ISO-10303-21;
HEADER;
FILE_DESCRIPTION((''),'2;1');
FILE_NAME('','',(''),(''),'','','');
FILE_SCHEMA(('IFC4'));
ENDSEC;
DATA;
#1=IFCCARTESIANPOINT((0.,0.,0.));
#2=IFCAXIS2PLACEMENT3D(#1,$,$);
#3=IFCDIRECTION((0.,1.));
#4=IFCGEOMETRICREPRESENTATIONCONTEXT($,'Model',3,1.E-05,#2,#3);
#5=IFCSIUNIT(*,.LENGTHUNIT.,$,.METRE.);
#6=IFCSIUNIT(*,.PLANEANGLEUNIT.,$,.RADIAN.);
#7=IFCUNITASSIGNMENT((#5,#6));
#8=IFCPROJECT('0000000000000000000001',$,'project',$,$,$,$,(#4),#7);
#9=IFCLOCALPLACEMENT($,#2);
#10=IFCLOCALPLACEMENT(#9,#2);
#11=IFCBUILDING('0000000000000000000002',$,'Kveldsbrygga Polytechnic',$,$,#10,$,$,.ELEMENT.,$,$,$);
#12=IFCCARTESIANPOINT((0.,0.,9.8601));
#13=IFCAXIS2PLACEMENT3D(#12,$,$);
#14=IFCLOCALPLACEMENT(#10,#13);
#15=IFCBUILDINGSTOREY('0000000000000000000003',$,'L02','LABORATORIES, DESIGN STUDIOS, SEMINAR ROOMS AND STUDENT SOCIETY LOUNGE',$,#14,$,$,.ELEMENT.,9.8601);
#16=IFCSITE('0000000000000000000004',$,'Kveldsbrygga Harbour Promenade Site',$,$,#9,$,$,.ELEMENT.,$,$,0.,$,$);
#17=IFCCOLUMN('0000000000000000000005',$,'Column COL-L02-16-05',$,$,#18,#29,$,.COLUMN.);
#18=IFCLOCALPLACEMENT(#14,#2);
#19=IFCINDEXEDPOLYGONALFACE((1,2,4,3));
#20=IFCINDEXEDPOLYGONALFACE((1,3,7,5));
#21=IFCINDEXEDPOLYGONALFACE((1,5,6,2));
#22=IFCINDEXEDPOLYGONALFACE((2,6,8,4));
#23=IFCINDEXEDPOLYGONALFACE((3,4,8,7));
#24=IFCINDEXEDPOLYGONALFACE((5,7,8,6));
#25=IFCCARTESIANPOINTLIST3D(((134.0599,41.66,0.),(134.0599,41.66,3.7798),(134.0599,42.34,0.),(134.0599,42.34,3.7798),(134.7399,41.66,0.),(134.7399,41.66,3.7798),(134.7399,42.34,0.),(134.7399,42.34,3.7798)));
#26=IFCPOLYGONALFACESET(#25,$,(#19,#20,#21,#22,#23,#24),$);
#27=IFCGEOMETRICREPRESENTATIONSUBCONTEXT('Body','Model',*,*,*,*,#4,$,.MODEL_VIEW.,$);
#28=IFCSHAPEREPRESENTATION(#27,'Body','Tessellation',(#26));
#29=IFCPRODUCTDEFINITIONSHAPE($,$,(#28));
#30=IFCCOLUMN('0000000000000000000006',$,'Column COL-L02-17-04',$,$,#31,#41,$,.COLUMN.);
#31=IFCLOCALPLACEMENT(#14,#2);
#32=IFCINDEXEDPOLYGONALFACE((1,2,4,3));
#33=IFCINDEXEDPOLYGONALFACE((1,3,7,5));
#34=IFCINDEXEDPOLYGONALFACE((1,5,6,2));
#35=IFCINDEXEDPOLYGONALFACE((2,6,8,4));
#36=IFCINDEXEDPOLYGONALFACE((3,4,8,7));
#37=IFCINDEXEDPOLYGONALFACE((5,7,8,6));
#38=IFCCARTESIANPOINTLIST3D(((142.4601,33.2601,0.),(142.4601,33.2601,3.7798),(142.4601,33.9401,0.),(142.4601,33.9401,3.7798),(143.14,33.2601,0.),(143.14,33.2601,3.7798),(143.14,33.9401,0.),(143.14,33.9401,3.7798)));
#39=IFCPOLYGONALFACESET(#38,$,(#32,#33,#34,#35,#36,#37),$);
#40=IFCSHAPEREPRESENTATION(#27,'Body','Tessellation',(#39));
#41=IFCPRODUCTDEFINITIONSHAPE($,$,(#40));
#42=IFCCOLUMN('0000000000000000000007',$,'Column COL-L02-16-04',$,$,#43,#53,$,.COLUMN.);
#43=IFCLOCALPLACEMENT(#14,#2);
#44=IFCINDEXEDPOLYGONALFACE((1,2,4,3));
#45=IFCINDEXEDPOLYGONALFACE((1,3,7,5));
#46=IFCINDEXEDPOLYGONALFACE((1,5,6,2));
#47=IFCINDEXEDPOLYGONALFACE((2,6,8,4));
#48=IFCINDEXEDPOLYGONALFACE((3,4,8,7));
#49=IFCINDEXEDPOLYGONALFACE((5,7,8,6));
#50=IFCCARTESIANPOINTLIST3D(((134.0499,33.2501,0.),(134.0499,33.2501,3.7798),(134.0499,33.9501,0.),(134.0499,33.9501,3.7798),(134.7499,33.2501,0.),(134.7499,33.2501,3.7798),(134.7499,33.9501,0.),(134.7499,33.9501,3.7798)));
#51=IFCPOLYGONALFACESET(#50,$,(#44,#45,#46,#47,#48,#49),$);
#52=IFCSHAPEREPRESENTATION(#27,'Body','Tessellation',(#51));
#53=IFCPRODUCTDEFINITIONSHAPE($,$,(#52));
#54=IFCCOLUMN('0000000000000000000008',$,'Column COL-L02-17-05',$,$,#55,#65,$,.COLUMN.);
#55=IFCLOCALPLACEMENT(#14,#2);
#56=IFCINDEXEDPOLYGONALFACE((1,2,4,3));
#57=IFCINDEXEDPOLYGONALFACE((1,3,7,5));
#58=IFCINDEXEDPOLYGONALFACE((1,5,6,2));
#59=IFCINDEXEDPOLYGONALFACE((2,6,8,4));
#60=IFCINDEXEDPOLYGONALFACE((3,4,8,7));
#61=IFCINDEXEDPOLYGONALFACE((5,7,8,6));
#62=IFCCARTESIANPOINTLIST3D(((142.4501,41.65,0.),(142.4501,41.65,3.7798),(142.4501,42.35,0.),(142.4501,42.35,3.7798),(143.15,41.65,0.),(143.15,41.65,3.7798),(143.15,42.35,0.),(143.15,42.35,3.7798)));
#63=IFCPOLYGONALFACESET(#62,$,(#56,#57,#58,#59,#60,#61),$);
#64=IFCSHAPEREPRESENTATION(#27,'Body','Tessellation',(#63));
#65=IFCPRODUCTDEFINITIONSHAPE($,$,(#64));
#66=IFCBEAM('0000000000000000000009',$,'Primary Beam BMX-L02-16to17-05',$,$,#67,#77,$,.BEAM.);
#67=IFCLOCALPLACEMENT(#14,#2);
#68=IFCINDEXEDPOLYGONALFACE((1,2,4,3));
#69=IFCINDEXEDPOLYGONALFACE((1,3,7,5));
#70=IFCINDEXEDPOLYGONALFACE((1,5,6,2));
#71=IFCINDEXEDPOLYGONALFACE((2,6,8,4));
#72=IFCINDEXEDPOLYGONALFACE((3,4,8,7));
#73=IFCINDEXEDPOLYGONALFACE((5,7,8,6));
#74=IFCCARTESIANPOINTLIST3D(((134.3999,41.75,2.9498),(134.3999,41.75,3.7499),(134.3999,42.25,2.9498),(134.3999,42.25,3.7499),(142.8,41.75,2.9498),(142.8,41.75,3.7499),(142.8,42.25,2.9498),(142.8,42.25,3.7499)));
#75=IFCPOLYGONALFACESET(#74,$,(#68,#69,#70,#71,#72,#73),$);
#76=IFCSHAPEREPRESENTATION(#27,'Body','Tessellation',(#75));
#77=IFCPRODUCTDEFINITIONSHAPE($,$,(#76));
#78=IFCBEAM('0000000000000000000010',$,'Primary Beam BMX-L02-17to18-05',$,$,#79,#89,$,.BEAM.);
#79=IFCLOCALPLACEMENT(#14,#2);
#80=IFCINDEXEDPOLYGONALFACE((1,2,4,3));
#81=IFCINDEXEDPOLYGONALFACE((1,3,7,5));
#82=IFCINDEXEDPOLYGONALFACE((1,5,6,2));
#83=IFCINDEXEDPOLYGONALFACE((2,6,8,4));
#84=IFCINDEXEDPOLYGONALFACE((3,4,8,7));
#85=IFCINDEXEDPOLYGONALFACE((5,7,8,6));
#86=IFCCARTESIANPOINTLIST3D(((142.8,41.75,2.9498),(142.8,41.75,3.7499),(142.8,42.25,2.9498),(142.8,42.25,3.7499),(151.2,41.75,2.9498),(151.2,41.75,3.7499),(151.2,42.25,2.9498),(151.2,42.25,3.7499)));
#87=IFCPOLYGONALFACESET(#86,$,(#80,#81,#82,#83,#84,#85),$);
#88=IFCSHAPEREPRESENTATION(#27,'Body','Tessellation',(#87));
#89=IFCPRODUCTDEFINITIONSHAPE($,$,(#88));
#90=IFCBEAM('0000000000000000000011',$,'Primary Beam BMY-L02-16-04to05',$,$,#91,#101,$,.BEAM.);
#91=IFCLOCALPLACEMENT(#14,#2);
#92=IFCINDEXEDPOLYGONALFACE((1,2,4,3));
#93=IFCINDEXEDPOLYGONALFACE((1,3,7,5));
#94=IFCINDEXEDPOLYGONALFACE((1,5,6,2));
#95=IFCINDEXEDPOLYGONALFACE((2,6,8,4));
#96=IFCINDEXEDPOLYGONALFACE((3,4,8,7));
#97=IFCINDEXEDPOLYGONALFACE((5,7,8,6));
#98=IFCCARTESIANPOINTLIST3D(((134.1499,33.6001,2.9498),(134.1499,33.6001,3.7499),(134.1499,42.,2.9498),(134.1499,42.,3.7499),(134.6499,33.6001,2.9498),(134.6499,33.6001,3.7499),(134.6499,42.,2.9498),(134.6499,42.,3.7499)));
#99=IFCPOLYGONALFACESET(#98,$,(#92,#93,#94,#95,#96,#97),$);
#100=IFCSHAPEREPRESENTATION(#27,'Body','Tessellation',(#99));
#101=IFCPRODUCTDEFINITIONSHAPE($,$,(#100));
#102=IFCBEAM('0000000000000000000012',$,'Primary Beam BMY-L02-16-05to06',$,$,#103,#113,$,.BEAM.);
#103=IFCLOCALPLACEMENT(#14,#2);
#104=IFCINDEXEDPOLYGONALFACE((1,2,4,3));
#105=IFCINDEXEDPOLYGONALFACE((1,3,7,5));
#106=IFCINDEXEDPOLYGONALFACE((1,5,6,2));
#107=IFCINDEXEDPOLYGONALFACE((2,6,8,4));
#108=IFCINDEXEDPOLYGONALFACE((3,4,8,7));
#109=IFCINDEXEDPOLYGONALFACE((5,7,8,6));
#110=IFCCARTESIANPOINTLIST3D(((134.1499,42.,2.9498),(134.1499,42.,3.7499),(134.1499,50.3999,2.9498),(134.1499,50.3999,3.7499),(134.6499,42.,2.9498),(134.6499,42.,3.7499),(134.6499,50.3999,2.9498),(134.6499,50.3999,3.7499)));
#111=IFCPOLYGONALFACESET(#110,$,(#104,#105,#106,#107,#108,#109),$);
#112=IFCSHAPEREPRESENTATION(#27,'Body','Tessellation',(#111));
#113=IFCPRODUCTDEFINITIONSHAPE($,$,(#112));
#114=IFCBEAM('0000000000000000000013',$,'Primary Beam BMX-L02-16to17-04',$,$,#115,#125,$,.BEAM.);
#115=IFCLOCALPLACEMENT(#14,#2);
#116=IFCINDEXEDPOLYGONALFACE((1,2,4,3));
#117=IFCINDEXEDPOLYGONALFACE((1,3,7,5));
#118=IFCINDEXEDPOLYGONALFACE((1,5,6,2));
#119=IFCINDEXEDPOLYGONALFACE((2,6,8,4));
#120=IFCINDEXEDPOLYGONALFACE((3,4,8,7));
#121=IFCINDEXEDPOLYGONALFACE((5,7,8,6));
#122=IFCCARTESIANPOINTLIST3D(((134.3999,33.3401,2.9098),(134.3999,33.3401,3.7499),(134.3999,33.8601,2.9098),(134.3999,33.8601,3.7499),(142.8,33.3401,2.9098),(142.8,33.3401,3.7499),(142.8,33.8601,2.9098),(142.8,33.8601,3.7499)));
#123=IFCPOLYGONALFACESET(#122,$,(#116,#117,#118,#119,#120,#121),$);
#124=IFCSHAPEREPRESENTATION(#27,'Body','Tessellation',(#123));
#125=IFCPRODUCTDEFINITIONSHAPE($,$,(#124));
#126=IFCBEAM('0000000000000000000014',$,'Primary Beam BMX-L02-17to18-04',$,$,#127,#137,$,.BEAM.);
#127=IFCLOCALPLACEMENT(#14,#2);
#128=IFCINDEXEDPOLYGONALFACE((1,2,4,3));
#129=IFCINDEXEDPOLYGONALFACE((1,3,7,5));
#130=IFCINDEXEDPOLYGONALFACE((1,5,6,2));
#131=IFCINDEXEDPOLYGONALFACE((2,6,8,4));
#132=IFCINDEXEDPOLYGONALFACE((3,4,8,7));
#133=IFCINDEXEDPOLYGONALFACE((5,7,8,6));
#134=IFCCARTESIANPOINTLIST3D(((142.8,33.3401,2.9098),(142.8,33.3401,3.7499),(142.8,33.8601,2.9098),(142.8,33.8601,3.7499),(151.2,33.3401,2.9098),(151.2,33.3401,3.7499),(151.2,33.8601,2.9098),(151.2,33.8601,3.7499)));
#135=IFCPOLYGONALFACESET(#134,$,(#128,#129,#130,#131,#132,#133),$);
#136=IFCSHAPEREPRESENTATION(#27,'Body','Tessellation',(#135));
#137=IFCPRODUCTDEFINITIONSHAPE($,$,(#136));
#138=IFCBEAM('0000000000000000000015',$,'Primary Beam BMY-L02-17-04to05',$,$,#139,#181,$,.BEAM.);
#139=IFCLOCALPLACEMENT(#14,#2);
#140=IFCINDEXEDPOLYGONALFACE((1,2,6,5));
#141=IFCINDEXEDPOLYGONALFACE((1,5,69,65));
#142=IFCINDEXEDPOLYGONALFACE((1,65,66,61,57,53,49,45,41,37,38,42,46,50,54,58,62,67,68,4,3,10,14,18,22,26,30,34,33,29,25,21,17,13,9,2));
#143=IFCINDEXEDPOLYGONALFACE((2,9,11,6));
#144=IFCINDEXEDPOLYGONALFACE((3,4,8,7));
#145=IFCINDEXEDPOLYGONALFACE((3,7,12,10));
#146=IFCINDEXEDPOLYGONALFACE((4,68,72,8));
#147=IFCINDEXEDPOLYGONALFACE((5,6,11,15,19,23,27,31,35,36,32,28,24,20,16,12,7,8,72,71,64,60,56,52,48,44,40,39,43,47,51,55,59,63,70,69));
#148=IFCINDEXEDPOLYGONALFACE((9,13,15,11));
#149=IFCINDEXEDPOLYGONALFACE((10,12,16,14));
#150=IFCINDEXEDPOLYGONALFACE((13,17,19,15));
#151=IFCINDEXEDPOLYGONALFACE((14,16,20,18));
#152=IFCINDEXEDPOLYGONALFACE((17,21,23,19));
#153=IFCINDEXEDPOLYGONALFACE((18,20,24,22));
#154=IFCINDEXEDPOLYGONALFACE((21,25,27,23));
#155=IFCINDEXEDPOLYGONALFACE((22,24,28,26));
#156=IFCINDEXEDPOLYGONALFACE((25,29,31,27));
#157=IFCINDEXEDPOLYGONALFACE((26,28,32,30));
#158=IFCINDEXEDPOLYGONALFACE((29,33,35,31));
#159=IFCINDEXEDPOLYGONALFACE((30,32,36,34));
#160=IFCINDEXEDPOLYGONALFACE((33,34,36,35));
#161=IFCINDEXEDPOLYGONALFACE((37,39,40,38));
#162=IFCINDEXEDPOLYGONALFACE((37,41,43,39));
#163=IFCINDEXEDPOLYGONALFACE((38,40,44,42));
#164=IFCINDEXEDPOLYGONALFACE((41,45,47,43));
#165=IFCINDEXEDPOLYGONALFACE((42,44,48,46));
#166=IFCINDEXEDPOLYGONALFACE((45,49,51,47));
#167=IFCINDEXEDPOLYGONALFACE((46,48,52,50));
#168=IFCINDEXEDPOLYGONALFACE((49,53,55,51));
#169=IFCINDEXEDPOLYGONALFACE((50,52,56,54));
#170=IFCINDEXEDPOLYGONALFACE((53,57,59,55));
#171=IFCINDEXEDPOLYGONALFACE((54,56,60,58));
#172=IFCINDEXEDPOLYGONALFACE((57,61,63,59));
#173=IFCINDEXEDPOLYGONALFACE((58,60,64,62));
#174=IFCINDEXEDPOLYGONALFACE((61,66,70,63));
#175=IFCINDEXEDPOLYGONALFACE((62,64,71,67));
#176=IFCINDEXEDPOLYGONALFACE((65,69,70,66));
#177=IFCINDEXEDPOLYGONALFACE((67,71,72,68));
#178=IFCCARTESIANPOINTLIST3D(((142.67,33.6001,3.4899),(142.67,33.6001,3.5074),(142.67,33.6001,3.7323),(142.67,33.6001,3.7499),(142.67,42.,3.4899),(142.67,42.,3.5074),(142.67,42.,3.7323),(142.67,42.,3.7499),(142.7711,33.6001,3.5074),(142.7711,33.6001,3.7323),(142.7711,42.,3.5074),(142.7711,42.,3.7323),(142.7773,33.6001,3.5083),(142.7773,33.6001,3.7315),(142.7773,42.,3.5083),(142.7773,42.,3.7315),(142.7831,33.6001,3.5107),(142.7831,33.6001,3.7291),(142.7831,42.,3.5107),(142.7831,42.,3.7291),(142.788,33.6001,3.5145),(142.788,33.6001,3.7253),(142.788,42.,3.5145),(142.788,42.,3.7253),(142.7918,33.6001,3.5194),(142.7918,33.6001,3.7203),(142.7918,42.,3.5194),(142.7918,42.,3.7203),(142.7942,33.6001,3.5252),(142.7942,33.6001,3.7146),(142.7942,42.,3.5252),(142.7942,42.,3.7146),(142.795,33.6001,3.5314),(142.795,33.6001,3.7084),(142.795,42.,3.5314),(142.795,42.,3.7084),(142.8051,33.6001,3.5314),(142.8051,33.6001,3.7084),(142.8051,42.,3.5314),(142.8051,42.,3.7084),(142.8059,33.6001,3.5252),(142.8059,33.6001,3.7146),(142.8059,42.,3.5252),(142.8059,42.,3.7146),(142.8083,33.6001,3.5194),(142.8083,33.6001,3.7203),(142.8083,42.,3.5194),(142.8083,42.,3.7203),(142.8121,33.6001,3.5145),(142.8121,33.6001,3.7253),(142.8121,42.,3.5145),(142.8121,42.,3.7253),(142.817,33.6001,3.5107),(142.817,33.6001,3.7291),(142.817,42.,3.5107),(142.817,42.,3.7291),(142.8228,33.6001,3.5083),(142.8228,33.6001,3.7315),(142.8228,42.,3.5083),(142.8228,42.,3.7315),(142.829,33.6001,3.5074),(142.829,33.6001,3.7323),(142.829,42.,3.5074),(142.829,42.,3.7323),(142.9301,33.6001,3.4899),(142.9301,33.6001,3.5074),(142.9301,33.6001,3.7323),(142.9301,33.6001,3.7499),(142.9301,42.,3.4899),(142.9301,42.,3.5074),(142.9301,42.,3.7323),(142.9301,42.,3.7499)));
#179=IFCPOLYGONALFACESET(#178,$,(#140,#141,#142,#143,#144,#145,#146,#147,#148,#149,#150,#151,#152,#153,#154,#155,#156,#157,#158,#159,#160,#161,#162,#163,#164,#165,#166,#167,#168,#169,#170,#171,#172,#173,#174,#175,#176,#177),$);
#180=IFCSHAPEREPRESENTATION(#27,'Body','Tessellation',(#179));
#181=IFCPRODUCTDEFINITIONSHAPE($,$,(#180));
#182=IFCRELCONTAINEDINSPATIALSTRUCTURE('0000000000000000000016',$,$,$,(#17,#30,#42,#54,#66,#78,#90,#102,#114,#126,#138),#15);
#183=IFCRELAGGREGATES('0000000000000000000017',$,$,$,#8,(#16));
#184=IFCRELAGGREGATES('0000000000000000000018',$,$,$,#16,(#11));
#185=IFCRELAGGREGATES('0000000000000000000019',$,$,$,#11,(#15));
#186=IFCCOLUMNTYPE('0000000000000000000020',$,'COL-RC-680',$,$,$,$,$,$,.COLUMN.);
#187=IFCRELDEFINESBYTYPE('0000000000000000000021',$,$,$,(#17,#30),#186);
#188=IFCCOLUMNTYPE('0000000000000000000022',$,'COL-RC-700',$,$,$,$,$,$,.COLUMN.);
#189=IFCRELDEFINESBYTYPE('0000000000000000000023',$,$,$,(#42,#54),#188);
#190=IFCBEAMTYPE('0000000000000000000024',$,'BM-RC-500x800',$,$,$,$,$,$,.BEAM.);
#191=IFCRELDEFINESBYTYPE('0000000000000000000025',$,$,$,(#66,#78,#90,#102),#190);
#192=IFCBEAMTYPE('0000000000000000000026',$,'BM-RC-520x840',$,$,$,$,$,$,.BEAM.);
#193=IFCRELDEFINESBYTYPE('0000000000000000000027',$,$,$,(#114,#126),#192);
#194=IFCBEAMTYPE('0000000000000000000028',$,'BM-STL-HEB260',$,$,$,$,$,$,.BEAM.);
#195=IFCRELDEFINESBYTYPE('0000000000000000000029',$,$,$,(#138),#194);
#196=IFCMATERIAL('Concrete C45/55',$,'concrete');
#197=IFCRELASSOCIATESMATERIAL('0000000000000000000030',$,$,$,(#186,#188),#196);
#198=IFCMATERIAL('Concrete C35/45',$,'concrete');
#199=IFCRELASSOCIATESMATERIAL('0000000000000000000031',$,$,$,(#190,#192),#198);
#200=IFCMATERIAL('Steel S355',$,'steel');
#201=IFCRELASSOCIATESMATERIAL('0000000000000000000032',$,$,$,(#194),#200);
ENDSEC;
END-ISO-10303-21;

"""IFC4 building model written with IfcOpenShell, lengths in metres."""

from ifc_helpers import new_model, si_unit, direction, frame, origin, origin_2d, place, context, subcontext, project, spatial, rectangle, i_section, extrude, material, material_profile, profile_set, type_object, element, save


model = new_model("IFC4")

# Units and contexts
model_context = context("Model", 3, precision=1e-05, world=origin(), true_north=direction((0.0, 1.0)))
body_context = subcontext(model_context, "Body", "Model", "MODEL_VIEW")
ifc_project = project(units=[si_unit("LENGTHUNIT", "METRE"), si_unit("PLANEANGLEUNIT", "RADIAN")], contexts=[model_context])

# Site, building, storey
site_placement = place(None, origin())
site = spatial("IfcSite", under=ifc_project, at=site_placement, Name="Kveldsbrygga Harbour Promenade Site", CompositionType="ELEMENT", RefElevation=0.0)
building_placement = place(site_placement, origin())
building = spatial("IfcBuilding", under=site, at=building_placement, Name="Kveldsbrygga Polytechnic", CompositionType="ELEMENT")
storey_placement = place(building_placement, frame((0.0, 0.0, 9.8601)))
storey = spatial("IfcBuildingStorey", under=building, at=storey_placement, Name="L02", Description="LABORATORIES, DESIGN STUDIOS, SEMINAR ROOMS AND STUDENT SOCIETY LOUNGE", CompositionType="ELEMENT", Elevation=9.8601)

# Columns
ifc_material_1 = material(Name="Concrete C45/55", Category="concrete")
ifc_material_profile_1 = material_profile(ifc_material_1, rectangle(XDim=0.6799, YDim=0.6799, at=origin_2d()), Name="RC 680x680")
ifc_profile_set_1 = profile_set([ifc_material_profile_1], Name="Concrete C45/55")
column_type_1 = type_object("IfcColumnType", Name="COL-RC-680", PredefinedType="COLUMN", material=ifc_profile_set_1)
for number, where, z_axis, x_axis, name in (
    (1, (134.3999, 42.0, 0.0), (0.0, 0.0, 1.0), (1.0, 0.0, 0.0), "Column COL-L02-16-05"),
    (2, (142.8, 33.6001, 0.0), (0.0, 0.0, 1.0), (1.0, 0.0, 0.0), "Column COL-L02-17-04"),
):
    element("IfcColumn", number, at=place(storey_placement, frame(where, z_axis=z_axis, x_axis=x_axis)), inside=storey, type_object=column_type_1, Name=name, PredefinedType="COLUMN", context=body_context, shape_type="SweptSolid", body=[
        extrude(rectangle(XDim=0.6799, YDim=0.6799, at=origin_2d()), origin(), (0.0, 0.0, 1.0), 3.7798),
    ])
ifc_material_profile_2 = material_profile(ifc_material_1, rectangle(XDim=0.7, YDim=0.7, at=origin_2d()), Name="RC 700x700")
ifc_profile_set_2 = profile_set([ifc_material_profile_2], Name="Concrete C45/55")
column_type_2 = type_object("IfcColumnType", Name="COL-RC-700", PredefinedType="COLUMN", material=ifc_profile_set_2)
for number, where, z_axis, x_axis, name in (
    (3, (134.3999, 33.6001, 0.0), (0.0, 0.0, 1.0), (1.0, 0.0, 0.0), "Column COL-L02-16-04"),
    (4, (142.8, 42.0, 0.0), (0.0, 0.0, 1.0), (1.0, 0.0, 0.0), "Column COL-L02-17-05"),
):
    element("IfcColumn", number, at=place(storey_placement, frame(where, z_axis=z_axis, x_axis=x_axis)), inside=storey, type_object=column_type_2, Name=name, PredefinedType="COLUMN", context=body_context, shape_type="SweptSolid", body=[
        extrude(rectangle(XDim=0.7, YDim=0.7, at=origin_2d()), origin(), (0.0, 0.0, 1.0), 3.7798),
    ])

# Beams
ifc_material_2 = material(Name="Concrete C35/45", Category="concrete")
ifc_material_profile_3 = material_profile(ifc_material_2, rectangle(XDim=0.5, YDim=0.8, at=origin_2d()), Name="RC 500x800")
ifc_profile_set_3 = profile_set([ifc_material_profile_3], Name="Concrete C35/45")
beam_type_1 = type_object("IfcBeamType", Name="BM-RC-500x800", PredefinedType="BEAM", material=ifc_profile_set_3)
beam_1_placement = place(storey_placement, frame((134.3999, 42.0, 3.3499), z_axis=(1.0, 0.0, 0.0), x_axis=(0.0, 1.0, 0.0)))
element("IfcBeam", 5, at=beam_1_placement, inside=storey, type_object=beam_type_1, Name="Primary Beam BMX-L02-16to17-05", PredefinedType="BEAM", context=body_context, shape_type="SweptSolid", body=[
    extrude(rectangle(XDim=0.5, YDim=0.8, at=origin_2d()), origin(), (0.0, 0.0, 1.0), 8.4001),
])
for number, where, z_axis, x_axis, name in (
    (6, (142.8, 42.0, 3.3499), (1.0, 0.0, 0.0), (0.0, 1.0, 0.0), "Primary Beam BMX-L02-17to18-05"),
    (7, (134.3999, 33.6001, 3.3499), (0.0, 1.0, 0.0), (-1.0, 0.0, 0.0), "Primary Beam BMY-L02-16-04to05"),
    (8, (134.3999, 42.0, 3.3499), (0.0, 1.0, 0.0), (-1.0, 0.0, 0.0), "Primary Beam BMY-L02-16-05to06"),
):
    element("IfcBeam", number, at=place(storey_placement, frame(where, z_axis=z_axis, x_axis=x_axis)), inside=storey, type_object=beam_type_1, Name=name, PredefinedType="BEAM", context=body_context, shape_type="SweptSolid", body=[
        extrude(rectangle(XDim=0.5, YDim=0.8, at=origin_2d()), origin(), (0.0, 0.0, 1.0), 8.3999),
    ])
ifc_material_profile_4 = material_profile(ifc_material_2, rectangle(XDim=0.52, YDim=0.8401, at=origin_2d()), Name="RC 520x840")
ifc_profile_set_4 = profile_set([ifc_material_profile_4], Name="Concrete C35/45")
beam_type_2 = type_object("IfcBeamType", Name="BM-RC-520x840", PredefinedType="BEAM", material=ifc_profile_set_4)
beam_2_placement = place(storey_placement, frame((134.3999, 33.6001, 3.3298), z_axis=(1.0, 0.0, 0.0), x_axis=(0.0, 1.0, 0.0)))
element("IfcBeam", 9, at=beam_2_placement, inside=storey, type_object=beam_type_2, Name="Primary Beam BMX-L02-16to17-04", PredefinedType="BEAM", context=body_context, shape_type="SweptSolid", body=[
    extrude(rectangle(XDim=0.52, YDim=0.8401, at=origin_2d()), origin(), (0.0, 0.0, 1.0), 8.4001),
])
beam_3_placement = place(storey_placement, frame((142.8, 33.6001, 3.3298), z_axis=(1.0, 0.0, 0.0), x_axis=(0.0, 1.0, 0.0)))
element("IfcBeam", 10, at=beam_3_placement, inside=storey, type_object=beam_type_2, Name="Primary Beam BMX-L02-17to18-04", PredefinedType="BEAM", context=body_context, shape_type="SweptSolid", body=[
    extrude(rectangle(XDim=0.52, YDim=0.8401, at=origin_2d()), origin(), (0.0, 0.0, 1.0), 8.3999),
])
ifc_material_3 = material(Name="Steel S355", Category="steel")
ifc_material_profile_5 = material_profile(ifc_material_3, i_section(OverallWidth=0.26, OverallDepth=0.26, WebThickness=0.01, FlangeThickness=0.0176, FilletRadius=0.0239, at=origin_2d()), Name="HEB 260")
ifc_profile_set_5 = profile_set([ifc_material_profile_5], Name="Steel S355")
beam_type_3 = type_object("IfcBeamType", Name="BM-STL-HEB260", PredefinedType="BEAM", material=ifc_profile_set_5)
for number, where, z_axis, x_axis, name in (
    (11, (142.8, 33.6001, 3.6199), (0.0, 1.0, 0.0), (-1.0, 0.0, 0.0), "Primary Beam BMY-L02-17-04to05"),
):
    element("IfcBeam", number, at=place(storey_placement, frame(where, z_axis=z_axis, x_axis=x_axis)), inside=storey, type_object=beam_type_3, Name=name, PredefinedType="BEAM", context=body_context, shape_type="SweptSolid", body=[
        extrude(i_section(OverallWidth=0.26, OverallDepth=0.26, WebThickness=0.01, FlangeThickness=0.0176, FilletRadius=0.0239, at=origin_2d()), origin(), (0.0, 0.0, 1.0), 8.3999),
    ])

save(model, "model.ifc")
